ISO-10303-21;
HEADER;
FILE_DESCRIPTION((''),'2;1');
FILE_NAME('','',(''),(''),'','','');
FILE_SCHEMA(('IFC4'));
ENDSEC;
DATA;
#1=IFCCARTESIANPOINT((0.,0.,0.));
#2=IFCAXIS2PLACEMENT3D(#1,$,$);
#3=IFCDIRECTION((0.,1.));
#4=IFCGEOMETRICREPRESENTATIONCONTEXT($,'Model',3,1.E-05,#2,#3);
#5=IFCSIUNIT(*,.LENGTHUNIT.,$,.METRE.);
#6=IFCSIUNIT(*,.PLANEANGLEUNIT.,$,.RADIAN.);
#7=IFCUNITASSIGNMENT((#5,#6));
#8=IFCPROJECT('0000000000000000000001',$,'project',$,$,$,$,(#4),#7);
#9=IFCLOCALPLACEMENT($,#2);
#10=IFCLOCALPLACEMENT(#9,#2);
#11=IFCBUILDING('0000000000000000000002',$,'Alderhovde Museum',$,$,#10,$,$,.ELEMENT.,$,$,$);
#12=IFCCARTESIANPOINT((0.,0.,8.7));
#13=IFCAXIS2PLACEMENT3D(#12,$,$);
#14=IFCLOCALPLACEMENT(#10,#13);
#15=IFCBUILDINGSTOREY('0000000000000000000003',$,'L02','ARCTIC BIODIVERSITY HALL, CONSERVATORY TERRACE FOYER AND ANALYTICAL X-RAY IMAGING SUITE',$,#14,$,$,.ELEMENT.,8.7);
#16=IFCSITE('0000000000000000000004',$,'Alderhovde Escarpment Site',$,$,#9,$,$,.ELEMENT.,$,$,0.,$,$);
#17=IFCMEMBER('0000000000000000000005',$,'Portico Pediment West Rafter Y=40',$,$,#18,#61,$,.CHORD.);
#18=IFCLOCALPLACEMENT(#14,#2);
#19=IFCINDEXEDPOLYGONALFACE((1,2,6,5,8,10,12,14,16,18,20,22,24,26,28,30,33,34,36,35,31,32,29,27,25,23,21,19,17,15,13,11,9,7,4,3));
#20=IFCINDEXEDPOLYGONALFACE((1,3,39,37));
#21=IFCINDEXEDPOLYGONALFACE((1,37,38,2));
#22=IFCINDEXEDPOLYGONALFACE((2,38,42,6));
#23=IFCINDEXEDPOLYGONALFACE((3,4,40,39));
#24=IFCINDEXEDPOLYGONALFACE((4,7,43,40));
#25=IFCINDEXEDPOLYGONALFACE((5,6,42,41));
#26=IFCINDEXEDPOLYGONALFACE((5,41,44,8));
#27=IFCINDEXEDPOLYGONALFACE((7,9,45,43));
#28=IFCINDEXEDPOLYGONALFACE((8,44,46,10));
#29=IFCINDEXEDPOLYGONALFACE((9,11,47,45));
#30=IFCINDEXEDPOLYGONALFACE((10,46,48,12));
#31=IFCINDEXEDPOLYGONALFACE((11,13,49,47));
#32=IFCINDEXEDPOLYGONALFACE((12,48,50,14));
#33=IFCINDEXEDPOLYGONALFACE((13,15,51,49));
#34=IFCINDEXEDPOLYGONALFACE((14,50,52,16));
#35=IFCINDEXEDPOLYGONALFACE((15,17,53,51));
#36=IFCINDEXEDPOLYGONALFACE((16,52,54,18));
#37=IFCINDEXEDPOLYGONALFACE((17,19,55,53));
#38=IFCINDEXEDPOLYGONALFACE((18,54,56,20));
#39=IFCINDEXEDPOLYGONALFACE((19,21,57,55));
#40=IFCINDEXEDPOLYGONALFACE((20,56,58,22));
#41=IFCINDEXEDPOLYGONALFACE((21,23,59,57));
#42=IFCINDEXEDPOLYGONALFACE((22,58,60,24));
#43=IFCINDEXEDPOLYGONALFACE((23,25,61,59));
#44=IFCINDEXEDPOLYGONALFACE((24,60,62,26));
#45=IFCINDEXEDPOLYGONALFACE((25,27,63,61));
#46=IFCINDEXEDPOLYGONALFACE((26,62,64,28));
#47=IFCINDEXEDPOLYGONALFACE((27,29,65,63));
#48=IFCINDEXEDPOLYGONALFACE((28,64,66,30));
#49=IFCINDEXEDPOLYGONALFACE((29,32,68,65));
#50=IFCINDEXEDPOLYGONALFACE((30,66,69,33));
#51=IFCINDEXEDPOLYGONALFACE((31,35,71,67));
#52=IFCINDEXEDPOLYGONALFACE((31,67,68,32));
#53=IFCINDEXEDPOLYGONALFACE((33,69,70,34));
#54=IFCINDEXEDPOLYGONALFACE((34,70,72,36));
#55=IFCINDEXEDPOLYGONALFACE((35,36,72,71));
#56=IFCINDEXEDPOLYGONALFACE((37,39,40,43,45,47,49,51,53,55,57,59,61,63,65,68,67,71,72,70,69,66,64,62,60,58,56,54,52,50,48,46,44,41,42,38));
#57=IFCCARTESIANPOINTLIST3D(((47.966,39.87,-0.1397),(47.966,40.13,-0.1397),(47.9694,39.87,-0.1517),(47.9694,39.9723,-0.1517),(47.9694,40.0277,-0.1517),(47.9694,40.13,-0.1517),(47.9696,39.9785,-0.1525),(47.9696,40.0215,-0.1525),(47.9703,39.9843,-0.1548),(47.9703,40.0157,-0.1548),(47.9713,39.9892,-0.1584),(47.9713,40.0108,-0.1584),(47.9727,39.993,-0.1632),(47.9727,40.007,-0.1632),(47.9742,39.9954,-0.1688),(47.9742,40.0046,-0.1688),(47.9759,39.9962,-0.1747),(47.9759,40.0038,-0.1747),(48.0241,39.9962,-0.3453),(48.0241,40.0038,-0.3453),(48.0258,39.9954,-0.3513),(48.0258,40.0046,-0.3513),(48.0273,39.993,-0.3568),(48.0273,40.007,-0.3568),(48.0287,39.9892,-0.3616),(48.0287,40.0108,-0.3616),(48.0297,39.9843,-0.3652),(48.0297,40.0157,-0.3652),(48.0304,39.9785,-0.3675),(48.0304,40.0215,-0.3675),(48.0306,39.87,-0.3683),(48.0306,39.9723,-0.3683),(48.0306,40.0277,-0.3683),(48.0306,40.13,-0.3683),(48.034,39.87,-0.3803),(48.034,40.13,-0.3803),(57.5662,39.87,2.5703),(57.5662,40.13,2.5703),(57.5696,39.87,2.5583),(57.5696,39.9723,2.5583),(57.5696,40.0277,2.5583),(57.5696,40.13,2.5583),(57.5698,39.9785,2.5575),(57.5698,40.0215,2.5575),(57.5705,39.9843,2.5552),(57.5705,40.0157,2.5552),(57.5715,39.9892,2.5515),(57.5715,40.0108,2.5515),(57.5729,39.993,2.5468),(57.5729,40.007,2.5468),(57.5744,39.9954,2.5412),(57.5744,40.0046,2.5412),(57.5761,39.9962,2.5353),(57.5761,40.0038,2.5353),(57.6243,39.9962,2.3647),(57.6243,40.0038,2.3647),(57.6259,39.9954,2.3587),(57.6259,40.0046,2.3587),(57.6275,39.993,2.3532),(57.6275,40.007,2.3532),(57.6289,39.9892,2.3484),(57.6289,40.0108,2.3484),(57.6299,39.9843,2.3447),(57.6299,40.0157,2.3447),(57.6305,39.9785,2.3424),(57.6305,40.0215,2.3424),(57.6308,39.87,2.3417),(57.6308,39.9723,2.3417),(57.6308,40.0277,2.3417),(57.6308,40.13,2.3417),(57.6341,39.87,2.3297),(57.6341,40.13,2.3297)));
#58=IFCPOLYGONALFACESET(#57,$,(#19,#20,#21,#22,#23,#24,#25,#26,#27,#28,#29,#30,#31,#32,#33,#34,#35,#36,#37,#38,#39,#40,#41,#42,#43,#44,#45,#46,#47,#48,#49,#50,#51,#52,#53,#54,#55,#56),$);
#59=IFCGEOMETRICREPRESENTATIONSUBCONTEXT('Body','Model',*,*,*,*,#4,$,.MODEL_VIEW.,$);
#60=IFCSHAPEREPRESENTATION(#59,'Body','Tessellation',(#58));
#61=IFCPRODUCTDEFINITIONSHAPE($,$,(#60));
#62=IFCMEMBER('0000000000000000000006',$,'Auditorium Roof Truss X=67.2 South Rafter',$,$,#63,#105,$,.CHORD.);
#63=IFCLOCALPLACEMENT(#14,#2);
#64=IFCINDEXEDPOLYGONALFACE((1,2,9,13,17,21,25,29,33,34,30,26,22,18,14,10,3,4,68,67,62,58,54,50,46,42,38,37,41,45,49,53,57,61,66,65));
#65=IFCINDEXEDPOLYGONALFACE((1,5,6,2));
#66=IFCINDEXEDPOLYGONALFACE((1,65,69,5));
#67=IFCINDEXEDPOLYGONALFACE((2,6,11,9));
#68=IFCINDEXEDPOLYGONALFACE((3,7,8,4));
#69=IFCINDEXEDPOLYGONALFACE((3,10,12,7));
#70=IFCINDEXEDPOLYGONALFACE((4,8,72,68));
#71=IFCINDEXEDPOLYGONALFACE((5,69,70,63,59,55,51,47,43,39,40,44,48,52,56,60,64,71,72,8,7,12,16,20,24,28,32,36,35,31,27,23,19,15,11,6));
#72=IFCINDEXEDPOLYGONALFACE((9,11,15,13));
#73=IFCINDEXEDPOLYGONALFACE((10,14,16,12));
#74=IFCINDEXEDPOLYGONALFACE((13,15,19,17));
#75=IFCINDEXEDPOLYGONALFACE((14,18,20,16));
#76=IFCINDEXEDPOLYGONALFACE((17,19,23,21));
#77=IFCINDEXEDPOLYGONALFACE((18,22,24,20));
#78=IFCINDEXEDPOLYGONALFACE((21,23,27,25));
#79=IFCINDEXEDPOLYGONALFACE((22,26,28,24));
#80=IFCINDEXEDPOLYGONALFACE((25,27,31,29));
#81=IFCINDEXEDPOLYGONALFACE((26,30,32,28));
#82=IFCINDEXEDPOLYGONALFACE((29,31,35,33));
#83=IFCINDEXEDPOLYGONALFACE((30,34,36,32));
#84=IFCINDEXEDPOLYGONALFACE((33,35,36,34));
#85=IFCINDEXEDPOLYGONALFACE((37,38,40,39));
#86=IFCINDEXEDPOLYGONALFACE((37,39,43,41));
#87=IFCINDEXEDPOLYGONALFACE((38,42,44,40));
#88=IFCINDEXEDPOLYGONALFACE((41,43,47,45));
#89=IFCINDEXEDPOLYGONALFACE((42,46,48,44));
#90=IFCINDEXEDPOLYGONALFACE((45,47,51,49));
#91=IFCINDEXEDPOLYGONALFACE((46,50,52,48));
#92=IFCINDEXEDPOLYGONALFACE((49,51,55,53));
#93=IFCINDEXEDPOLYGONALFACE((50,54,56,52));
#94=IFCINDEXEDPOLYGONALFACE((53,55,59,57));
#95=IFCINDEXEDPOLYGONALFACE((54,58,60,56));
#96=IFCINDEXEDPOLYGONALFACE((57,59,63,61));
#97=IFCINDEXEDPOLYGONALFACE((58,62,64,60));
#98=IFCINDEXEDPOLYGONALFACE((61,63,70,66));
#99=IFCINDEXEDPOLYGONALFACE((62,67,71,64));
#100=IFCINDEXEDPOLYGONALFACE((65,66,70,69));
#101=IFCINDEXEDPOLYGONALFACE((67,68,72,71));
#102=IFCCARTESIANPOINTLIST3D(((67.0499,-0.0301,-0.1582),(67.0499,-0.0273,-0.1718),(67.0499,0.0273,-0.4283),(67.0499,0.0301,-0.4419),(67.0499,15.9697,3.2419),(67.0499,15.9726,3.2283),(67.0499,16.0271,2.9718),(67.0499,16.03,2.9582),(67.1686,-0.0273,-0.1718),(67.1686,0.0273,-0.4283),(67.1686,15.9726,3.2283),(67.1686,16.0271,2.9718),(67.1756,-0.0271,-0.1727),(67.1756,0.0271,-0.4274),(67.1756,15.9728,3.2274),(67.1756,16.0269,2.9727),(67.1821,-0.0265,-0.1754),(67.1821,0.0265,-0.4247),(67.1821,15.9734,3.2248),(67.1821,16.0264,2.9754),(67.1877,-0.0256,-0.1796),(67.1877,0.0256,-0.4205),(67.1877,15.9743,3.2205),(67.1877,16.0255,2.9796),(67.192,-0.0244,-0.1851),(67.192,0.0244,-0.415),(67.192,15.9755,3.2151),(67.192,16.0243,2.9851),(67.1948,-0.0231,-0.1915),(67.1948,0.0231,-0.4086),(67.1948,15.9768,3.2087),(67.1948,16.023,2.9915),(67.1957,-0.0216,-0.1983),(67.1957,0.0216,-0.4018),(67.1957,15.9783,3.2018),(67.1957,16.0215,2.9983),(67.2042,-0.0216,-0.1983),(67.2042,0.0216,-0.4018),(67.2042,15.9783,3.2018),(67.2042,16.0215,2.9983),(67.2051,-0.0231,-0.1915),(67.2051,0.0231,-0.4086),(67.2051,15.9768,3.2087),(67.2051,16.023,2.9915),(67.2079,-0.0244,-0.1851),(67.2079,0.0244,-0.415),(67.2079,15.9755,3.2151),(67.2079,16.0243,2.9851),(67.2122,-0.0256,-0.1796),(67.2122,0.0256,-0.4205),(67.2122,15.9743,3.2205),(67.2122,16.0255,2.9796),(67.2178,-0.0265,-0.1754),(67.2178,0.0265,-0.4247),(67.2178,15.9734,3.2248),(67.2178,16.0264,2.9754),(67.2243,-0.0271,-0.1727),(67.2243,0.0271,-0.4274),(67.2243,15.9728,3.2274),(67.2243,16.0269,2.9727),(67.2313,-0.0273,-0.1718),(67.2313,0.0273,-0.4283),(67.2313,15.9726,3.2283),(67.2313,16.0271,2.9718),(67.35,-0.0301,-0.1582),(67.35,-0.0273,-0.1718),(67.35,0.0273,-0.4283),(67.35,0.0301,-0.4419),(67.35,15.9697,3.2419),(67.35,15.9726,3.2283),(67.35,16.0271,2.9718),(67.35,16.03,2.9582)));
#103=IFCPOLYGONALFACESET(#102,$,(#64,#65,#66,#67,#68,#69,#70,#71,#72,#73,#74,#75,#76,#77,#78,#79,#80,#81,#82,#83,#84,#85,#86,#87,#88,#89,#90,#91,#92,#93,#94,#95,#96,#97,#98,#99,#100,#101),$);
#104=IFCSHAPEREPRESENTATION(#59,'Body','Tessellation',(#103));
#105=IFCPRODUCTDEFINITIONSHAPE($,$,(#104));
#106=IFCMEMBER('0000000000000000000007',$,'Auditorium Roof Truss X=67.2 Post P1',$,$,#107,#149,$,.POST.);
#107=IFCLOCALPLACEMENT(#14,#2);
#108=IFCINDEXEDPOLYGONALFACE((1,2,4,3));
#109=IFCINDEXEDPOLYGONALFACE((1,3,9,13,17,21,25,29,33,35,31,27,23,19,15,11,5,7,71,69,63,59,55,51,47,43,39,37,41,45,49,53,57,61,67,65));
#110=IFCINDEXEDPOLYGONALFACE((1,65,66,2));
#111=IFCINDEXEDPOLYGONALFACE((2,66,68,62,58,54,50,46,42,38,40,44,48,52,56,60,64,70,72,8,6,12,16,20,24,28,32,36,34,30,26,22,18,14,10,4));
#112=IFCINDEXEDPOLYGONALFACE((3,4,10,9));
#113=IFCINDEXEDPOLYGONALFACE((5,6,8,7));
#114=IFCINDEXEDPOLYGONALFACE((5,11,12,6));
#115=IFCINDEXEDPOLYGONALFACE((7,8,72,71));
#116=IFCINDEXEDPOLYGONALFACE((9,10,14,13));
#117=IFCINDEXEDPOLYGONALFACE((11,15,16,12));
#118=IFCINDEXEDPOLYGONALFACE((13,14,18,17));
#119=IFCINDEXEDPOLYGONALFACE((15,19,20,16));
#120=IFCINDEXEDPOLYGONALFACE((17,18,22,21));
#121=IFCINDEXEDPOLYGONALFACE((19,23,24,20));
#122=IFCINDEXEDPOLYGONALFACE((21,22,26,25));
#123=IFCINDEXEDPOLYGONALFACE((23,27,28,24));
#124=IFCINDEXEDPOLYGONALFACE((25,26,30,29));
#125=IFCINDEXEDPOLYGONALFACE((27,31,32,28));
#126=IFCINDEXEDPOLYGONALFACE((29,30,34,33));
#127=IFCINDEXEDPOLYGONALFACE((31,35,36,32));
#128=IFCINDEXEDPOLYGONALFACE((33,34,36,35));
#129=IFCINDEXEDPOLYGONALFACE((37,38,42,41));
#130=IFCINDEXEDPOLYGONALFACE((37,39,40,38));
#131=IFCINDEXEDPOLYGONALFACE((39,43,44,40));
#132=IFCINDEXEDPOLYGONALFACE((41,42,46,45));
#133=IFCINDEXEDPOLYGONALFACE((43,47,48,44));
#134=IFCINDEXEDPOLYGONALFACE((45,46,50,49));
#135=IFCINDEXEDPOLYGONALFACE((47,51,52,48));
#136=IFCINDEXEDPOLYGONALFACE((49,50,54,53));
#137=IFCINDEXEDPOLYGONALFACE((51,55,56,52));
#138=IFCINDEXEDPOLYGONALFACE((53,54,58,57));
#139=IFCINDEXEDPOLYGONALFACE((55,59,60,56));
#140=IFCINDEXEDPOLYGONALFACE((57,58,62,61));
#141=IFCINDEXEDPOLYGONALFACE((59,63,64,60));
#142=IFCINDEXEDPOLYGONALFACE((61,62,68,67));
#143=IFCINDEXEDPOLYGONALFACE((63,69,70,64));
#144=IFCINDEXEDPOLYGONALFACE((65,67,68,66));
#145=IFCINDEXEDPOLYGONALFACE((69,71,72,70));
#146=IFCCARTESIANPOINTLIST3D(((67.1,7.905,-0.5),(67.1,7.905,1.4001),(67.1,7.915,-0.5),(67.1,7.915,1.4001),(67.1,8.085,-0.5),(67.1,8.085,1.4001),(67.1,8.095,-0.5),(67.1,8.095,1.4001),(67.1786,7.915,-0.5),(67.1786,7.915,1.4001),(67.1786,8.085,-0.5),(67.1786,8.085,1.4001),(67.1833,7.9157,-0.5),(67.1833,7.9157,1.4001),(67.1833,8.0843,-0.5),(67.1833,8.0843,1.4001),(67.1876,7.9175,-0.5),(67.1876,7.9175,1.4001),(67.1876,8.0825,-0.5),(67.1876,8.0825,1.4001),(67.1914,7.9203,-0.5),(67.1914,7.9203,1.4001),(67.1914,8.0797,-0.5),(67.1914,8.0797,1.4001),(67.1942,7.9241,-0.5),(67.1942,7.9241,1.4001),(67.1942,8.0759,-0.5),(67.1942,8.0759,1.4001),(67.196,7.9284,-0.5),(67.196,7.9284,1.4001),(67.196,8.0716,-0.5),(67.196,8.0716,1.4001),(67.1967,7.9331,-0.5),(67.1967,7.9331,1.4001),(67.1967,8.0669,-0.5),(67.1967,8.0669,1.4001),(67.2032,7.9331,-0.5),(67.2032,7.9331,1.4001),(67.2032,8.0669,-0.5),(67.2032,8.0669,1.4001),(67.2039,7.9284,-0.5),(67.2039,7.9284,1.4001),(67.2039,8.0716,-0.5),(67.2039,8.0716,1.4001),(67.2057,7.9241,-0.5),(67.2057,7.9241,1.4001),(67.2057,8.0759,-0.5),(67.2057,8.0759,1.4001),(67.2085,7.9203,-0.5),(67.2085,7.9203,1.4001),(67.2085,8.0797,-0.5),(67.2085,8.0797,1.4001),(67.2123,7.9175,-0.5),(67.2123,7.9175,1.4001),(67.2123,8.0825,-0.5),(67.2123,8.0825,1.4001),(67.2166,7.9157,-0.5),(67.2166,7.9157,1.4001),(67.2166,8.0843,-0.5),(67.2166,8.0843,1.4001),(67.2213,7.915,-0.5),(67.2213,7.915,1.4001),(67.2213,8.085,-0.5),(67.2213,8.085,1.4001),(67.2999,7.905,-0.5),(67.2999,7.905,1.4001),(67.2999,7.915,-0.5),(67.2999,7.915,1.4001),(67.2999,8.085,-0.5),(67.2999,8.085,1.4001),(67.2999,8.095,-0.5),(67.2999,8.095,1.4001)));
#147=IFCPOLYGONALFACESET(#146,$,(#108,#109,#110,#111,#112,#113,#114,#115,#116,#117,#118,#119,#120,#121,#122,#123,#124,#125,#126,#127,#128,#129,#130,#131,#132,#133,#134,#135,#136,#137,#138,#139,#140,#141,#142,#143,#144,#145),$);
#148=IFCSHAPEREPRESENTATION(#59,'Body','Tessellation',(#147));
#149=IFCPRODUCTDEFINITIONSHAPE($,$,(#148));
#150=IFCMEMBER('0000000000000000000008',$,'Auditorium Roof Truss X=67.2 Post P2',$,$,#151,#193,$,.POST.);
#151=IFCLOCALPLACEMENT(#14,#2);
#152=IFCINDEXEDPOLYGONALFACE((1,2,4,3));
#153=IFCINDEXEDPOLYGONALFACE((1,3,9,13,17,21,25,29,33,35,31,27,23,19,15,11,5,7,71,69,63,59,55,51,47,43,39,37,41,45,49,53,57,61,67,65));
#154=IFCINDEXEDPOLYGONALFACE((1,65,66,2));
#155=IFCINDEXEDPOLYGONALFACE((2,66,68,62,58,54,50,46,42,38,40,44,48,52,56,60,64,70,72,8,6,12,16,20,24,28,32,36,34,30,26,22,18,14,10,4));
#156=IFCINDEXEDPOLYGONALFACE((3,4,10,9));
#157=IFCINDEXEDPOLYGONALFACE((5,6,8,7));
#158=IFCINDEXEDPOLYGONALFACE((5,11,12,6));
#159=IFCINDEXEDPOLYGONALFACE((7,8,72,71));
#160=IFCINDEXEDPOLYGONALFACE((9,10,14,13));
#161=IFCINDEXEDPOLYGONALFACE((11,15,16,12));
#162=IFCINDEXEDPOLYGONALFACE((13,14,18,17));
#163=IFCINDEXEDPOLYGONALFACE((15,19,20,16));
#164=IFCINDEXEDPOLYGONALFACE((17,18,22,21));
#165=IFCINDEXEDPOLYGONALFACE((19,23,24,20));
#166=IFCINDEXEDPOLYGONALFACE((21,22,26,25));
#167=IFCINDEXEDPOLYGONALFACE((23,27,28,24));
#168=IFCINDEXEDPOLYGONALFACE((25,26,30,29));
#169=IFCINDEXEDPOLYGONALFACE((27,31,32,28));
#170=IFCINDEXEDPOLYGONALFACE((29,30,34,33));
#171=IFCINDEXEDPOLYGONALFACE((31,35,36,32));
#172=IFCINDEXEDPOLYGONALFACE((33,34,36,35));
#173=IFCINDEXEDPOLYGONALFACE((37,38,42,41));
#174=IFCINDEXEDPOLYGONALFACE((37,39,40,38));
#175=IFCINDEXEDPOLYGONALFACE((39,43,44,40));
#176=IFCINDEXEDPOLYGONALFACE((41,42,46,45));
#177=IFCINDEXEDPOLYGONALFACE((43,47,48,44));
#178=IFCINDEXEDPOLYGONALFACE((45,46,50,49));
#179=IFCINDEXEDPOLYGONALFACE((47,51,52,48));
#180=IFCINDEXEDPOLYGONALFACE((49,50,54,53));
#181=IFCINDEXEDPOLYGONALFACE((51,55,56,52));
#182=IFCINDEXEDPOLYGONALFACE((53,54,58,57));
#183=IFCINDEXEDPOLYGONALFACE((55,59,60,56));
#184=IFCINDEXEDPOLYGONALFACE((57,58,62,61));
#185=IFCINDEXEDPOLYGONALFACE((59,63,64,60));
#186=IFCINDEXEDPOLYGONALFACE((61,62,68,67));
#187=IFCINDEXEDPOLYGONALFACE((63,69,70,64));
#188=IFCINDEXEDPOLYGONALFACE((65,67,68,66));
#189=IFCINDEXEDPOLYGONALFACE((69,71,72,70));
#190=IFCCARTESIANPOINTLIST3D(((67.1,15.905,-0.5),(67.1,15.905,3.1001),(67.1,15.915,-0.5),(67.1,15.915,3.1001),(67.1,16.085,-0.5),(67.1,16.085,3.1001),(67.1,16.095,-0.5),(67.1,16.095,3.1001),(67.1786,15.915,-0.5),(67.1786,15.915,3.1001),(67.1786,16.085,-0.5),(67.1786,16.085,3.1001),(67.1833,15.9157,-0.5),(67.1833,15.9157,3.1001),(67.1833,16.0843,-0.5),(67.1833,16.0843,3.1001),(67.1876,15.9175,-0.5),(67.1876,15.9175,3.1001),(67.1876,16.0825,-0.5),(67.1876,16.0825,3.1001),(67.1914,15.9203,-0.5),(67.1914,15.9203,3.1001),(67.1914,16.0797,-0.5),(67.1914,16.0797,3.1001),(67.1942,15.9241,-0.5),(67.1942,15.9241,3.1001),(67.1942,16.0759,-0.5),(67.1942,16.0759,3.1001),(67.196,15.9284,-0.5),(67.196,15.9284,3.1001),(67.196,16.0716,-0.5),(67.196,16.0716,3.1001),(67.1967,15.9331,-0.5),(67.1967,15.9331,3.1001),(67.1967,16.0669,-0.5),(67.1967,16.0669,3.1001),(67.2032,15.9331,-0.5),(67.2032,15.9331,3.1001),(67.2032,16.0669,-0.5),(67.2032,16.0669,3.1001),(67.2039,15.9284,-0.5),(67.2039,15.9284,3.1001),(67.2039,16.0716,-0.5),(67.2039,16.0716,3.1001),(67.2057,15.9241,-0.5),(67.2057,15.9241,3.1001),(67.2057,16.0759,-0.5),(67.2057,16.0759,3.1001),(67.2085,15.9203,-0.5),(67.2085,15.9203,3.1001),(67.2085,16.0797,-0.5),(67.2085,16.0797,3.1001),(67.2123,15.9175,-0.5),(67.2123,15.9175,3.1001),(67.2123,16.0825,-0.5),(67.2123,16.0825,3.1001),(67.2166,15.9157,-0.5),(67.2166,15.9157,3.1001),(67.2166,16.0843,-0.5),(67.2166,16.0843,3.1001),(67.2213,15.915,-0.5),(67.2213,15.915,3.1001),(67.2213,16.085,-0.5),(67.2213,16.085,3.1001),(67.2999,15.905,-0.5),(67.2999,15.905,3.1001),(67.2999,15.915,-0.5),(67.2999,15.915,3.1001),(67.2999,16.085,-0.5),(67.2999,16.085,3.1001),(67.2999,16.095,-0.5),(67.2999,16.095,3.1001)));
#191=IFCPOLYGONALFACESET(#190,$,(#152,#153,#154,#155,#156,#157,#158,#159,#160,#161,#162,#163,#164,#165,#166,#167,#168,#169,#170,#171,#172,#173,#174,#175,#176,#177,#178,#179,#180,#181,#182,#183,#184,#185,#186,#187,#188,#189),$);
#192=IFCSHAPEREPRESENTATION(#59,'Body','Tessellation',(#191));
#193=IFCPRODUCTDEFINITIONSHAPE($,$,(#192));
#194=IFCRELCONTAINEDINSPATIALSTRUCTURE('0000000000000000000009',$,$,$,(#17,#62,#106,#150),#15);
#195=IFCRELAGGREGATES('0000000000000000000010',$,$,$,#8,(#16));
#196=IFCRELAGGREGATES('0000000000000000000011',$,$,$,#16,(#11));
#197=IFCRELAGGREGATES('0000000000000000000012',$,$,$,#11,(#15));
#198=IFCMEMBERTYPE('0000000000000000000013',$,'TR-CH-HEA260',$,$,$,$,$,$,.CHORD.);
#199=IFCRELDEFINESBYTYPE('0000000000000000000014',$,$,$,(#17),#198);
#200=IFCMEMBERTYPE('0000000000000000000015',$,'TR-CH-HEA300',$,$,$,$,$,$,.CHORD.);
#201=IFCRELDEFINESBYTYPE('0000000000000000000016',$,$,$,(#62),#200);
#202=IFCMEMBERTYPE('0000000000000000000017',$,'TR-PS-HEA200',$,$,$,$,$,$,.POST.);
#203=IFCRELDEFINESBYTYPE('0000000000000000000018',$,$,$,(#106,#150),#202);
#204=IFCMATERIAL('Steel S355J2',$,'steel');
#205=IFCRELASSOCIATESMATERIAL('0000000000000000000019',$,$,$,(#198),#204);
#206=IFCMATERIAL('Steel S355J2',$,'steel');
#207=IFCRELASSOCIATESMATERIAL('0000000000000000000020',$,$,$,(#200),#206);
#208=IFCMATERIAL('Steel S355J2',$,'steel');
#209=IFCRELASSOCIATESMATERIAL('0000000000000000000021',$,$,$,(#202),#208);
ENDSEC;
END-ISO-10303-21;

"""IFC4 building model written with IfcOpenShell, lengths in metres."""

from ifc_helpers import new_model, si_unit, direction, frame, origin, origin_2d, place, context, subcontext, project, spatial, i_section, extrude, material, material_profile, profile_set, type_object, element, save


model = new_model("IFC4")

# Units and contexts
model_context = context("Model", 3, precision=1e-05, world=origin(), true_north=direction((0.0, 1.0)))
body_context = subcontext(model_context, "Body", "Model", "MODEL_VIEW")
ifc_project = project(units=[si_unit("LENGTHUNIT", "METRE"), si_unit("PLANEANGLEUNIT", "RADIAN")], contexts=[model_context])

# Site, building, storey
site_placement = place(None, origin())
site = spatial("IfcSite", under=ifc_project, at=site_placement, Name="Alderhovde Escarpment Site", CompositionType="ELEMENT", RefElevation=0.0)
building_placement = place(site_placement, origin())
building = spatial("IfcBuilding", under=site, at=building_placement, Name="Alderhovde Museum", CompositionType="ELEMENT")
storey_placement = place(building_placement, frame((0.0, 0.0, 8.7)))
storey = spatial("IfcBuildingStorey", under=building, at=storey_placement, Name="L02", Description="ARCTIC BIODIVERSITY HALL, CONSERVATORY TERRACE FOYER AND ANALYTICAL X-RAY IMAGING SUITE", CompositionType="ELEMENT", Elevation=8.7)

# Members
ifc_material_1 = material(Name="Steel S355J2", Category="steel")
ifc_material_profile_1 = material_profile(ifc_material_1, i_section(OverallWidth=0.26, OverallDepth=0.25, WebThickness=0.0076, FlangeThickness=0.0125, FilletRadius=0.0239, at=origin_2d()), Name="HEA 260")
ifc_profile_set_1 = profile_set([ifc_material_profile_1], Name="Steel S355J2")
member_type_1 = type_object("IfcMemberType", Name="TR-CH-HEA260", PredefinedType="CHORD", material=ifc_profile_set_1)
member_1_placement = place(storey_placement, frame((48.0, 40.0, -0.26), z_axis=(0.962391, 0.0, 0.271668), x_axis=(0.0, 1.0, 0.0)))
element("IfcMember", 1, at=member_1_placement, inside=storey, type_object=member_type_1, Name="Portico Pediment West Rafter Y=40", PredefinedType="CHORD", context=body_context, shape_type="SweptSolid", body=[
    extrude(i_section(OverallWidth=0.26, OverallDepth=0.25, WebThickness=0.0076, FlangeThickness=0.0125, FilletRadius=0.0239, at=origin_2d()), origin(), (0.0, 0.0, 1.0), 9.9753),
])
ifc_material_2 = material(Name="Steel S355J2", Category="steel")
ifc_material_profile_2 = material_profile(ifc_material_2, i_section(OverallWidth=0.3, OverallDepth=0.29, WebThickness=0.0085, FlangeThickness=0.0139, FilletRadius=0.0271, at=origin_2d()), Name="HEA 300")
ifc_profile_set_2 = profile_set([ifc_material_profile_2], Name="Steel S355J2")
member_type_2 = type_object("IfcMemberType", Name="TR-CH-HEA300", PredefinedType="CHORD", material=ifc_profile_set_2)
member_2_placement = place(storey_placement, frame((67.2, 0.0, -0.3), z_axis=(0.0, 0.978157, 0.207867), x_axis=(-1.0, 0.0, 0.0)))
element("IfcMember", 2, at=member_2_placement, inside=storey, type_object=member_type_2, Name="Auditorium Roof Truss X=67.2 South Rafter", PredefinedType="CHORD", context=body_context, shape_type="SweptSolid", body=[
    extrude(i_section(OverallWidth=0.3, OverallDepth=0.29, WebThickness=0.0085, FlangeThickness=0.0139, FilletRadius=0.0271, at=origin_2d()), origin(), (0.0, 0.0, 1.0), 16.3572),
])
ifc_material_3 = material(Name="Steel S355J2", Category="steel")
ifc_material_profile_3 = material_profile(ifc_material_3, i_section(OverallWidth=0.2, OverallDepth=0.1899, WebThickness=0.0066, FlangeThickness=0.01, FilletRadius=0.0181, at=origin_2d()), Name="HEA 200")
ifc_profile_set_3 = profile_set([ifc_material_profile_3], Name="Steel S355J2")
member_type_3 = type_object("IfcMemberType", Name="TR-PS-HEA200", PredefinedType="POST", material=ifc_profile_set_3)
member_3_placement = place(storey_placement, frame((67.2, 8.0, -0.5), z_axis=(0.0, 0.0, 1.0), x_axis=(1.0, 0.0, 0.0)))
element("IfcMember", 3, at=member_3_placement, inside=storey, type_object=member_type_3, Name="Auditorium Roof Truss X=67.2 Post P1", PredefinedType="POST", context=body_context, shape_type="SweptSolid", body=[
    extrude(i_section(OverallWidth=0.2, OverallDepth=0.1899, WebThickness=0.0066, FlangeThickness=0.01, FilletRadius=0.0181, at=origin_2d()), origin(), (0.0, 0.0, 1.0), 1.9001),
])
member_4_placement = place(storey_placement, frame((67.2, 16.0, -0.5), z_axis=(0.0, 0.0, 1.0), x_axis=(1.0, 0.0, 0.0)))
element("IfcMember", 4, at=member_4_placement, inside=storey, type_object=member_type_3, Name="Auditorium Roof Truss X=67.2 Post P2", PredefinedType="POST", context=body_context, shape_type="SweptSolid", body=[
    extrude(i_section(OverallWidth=0.2, OverallDepth=0.1899, WebThickness=0.0066, FlangeThickness=0.01, FilletRadius=0.0181, at=origin_2d()), origin(), (0.0, 0.0, 1.0), 3.6001),
])

save(model, "model.ifc")
